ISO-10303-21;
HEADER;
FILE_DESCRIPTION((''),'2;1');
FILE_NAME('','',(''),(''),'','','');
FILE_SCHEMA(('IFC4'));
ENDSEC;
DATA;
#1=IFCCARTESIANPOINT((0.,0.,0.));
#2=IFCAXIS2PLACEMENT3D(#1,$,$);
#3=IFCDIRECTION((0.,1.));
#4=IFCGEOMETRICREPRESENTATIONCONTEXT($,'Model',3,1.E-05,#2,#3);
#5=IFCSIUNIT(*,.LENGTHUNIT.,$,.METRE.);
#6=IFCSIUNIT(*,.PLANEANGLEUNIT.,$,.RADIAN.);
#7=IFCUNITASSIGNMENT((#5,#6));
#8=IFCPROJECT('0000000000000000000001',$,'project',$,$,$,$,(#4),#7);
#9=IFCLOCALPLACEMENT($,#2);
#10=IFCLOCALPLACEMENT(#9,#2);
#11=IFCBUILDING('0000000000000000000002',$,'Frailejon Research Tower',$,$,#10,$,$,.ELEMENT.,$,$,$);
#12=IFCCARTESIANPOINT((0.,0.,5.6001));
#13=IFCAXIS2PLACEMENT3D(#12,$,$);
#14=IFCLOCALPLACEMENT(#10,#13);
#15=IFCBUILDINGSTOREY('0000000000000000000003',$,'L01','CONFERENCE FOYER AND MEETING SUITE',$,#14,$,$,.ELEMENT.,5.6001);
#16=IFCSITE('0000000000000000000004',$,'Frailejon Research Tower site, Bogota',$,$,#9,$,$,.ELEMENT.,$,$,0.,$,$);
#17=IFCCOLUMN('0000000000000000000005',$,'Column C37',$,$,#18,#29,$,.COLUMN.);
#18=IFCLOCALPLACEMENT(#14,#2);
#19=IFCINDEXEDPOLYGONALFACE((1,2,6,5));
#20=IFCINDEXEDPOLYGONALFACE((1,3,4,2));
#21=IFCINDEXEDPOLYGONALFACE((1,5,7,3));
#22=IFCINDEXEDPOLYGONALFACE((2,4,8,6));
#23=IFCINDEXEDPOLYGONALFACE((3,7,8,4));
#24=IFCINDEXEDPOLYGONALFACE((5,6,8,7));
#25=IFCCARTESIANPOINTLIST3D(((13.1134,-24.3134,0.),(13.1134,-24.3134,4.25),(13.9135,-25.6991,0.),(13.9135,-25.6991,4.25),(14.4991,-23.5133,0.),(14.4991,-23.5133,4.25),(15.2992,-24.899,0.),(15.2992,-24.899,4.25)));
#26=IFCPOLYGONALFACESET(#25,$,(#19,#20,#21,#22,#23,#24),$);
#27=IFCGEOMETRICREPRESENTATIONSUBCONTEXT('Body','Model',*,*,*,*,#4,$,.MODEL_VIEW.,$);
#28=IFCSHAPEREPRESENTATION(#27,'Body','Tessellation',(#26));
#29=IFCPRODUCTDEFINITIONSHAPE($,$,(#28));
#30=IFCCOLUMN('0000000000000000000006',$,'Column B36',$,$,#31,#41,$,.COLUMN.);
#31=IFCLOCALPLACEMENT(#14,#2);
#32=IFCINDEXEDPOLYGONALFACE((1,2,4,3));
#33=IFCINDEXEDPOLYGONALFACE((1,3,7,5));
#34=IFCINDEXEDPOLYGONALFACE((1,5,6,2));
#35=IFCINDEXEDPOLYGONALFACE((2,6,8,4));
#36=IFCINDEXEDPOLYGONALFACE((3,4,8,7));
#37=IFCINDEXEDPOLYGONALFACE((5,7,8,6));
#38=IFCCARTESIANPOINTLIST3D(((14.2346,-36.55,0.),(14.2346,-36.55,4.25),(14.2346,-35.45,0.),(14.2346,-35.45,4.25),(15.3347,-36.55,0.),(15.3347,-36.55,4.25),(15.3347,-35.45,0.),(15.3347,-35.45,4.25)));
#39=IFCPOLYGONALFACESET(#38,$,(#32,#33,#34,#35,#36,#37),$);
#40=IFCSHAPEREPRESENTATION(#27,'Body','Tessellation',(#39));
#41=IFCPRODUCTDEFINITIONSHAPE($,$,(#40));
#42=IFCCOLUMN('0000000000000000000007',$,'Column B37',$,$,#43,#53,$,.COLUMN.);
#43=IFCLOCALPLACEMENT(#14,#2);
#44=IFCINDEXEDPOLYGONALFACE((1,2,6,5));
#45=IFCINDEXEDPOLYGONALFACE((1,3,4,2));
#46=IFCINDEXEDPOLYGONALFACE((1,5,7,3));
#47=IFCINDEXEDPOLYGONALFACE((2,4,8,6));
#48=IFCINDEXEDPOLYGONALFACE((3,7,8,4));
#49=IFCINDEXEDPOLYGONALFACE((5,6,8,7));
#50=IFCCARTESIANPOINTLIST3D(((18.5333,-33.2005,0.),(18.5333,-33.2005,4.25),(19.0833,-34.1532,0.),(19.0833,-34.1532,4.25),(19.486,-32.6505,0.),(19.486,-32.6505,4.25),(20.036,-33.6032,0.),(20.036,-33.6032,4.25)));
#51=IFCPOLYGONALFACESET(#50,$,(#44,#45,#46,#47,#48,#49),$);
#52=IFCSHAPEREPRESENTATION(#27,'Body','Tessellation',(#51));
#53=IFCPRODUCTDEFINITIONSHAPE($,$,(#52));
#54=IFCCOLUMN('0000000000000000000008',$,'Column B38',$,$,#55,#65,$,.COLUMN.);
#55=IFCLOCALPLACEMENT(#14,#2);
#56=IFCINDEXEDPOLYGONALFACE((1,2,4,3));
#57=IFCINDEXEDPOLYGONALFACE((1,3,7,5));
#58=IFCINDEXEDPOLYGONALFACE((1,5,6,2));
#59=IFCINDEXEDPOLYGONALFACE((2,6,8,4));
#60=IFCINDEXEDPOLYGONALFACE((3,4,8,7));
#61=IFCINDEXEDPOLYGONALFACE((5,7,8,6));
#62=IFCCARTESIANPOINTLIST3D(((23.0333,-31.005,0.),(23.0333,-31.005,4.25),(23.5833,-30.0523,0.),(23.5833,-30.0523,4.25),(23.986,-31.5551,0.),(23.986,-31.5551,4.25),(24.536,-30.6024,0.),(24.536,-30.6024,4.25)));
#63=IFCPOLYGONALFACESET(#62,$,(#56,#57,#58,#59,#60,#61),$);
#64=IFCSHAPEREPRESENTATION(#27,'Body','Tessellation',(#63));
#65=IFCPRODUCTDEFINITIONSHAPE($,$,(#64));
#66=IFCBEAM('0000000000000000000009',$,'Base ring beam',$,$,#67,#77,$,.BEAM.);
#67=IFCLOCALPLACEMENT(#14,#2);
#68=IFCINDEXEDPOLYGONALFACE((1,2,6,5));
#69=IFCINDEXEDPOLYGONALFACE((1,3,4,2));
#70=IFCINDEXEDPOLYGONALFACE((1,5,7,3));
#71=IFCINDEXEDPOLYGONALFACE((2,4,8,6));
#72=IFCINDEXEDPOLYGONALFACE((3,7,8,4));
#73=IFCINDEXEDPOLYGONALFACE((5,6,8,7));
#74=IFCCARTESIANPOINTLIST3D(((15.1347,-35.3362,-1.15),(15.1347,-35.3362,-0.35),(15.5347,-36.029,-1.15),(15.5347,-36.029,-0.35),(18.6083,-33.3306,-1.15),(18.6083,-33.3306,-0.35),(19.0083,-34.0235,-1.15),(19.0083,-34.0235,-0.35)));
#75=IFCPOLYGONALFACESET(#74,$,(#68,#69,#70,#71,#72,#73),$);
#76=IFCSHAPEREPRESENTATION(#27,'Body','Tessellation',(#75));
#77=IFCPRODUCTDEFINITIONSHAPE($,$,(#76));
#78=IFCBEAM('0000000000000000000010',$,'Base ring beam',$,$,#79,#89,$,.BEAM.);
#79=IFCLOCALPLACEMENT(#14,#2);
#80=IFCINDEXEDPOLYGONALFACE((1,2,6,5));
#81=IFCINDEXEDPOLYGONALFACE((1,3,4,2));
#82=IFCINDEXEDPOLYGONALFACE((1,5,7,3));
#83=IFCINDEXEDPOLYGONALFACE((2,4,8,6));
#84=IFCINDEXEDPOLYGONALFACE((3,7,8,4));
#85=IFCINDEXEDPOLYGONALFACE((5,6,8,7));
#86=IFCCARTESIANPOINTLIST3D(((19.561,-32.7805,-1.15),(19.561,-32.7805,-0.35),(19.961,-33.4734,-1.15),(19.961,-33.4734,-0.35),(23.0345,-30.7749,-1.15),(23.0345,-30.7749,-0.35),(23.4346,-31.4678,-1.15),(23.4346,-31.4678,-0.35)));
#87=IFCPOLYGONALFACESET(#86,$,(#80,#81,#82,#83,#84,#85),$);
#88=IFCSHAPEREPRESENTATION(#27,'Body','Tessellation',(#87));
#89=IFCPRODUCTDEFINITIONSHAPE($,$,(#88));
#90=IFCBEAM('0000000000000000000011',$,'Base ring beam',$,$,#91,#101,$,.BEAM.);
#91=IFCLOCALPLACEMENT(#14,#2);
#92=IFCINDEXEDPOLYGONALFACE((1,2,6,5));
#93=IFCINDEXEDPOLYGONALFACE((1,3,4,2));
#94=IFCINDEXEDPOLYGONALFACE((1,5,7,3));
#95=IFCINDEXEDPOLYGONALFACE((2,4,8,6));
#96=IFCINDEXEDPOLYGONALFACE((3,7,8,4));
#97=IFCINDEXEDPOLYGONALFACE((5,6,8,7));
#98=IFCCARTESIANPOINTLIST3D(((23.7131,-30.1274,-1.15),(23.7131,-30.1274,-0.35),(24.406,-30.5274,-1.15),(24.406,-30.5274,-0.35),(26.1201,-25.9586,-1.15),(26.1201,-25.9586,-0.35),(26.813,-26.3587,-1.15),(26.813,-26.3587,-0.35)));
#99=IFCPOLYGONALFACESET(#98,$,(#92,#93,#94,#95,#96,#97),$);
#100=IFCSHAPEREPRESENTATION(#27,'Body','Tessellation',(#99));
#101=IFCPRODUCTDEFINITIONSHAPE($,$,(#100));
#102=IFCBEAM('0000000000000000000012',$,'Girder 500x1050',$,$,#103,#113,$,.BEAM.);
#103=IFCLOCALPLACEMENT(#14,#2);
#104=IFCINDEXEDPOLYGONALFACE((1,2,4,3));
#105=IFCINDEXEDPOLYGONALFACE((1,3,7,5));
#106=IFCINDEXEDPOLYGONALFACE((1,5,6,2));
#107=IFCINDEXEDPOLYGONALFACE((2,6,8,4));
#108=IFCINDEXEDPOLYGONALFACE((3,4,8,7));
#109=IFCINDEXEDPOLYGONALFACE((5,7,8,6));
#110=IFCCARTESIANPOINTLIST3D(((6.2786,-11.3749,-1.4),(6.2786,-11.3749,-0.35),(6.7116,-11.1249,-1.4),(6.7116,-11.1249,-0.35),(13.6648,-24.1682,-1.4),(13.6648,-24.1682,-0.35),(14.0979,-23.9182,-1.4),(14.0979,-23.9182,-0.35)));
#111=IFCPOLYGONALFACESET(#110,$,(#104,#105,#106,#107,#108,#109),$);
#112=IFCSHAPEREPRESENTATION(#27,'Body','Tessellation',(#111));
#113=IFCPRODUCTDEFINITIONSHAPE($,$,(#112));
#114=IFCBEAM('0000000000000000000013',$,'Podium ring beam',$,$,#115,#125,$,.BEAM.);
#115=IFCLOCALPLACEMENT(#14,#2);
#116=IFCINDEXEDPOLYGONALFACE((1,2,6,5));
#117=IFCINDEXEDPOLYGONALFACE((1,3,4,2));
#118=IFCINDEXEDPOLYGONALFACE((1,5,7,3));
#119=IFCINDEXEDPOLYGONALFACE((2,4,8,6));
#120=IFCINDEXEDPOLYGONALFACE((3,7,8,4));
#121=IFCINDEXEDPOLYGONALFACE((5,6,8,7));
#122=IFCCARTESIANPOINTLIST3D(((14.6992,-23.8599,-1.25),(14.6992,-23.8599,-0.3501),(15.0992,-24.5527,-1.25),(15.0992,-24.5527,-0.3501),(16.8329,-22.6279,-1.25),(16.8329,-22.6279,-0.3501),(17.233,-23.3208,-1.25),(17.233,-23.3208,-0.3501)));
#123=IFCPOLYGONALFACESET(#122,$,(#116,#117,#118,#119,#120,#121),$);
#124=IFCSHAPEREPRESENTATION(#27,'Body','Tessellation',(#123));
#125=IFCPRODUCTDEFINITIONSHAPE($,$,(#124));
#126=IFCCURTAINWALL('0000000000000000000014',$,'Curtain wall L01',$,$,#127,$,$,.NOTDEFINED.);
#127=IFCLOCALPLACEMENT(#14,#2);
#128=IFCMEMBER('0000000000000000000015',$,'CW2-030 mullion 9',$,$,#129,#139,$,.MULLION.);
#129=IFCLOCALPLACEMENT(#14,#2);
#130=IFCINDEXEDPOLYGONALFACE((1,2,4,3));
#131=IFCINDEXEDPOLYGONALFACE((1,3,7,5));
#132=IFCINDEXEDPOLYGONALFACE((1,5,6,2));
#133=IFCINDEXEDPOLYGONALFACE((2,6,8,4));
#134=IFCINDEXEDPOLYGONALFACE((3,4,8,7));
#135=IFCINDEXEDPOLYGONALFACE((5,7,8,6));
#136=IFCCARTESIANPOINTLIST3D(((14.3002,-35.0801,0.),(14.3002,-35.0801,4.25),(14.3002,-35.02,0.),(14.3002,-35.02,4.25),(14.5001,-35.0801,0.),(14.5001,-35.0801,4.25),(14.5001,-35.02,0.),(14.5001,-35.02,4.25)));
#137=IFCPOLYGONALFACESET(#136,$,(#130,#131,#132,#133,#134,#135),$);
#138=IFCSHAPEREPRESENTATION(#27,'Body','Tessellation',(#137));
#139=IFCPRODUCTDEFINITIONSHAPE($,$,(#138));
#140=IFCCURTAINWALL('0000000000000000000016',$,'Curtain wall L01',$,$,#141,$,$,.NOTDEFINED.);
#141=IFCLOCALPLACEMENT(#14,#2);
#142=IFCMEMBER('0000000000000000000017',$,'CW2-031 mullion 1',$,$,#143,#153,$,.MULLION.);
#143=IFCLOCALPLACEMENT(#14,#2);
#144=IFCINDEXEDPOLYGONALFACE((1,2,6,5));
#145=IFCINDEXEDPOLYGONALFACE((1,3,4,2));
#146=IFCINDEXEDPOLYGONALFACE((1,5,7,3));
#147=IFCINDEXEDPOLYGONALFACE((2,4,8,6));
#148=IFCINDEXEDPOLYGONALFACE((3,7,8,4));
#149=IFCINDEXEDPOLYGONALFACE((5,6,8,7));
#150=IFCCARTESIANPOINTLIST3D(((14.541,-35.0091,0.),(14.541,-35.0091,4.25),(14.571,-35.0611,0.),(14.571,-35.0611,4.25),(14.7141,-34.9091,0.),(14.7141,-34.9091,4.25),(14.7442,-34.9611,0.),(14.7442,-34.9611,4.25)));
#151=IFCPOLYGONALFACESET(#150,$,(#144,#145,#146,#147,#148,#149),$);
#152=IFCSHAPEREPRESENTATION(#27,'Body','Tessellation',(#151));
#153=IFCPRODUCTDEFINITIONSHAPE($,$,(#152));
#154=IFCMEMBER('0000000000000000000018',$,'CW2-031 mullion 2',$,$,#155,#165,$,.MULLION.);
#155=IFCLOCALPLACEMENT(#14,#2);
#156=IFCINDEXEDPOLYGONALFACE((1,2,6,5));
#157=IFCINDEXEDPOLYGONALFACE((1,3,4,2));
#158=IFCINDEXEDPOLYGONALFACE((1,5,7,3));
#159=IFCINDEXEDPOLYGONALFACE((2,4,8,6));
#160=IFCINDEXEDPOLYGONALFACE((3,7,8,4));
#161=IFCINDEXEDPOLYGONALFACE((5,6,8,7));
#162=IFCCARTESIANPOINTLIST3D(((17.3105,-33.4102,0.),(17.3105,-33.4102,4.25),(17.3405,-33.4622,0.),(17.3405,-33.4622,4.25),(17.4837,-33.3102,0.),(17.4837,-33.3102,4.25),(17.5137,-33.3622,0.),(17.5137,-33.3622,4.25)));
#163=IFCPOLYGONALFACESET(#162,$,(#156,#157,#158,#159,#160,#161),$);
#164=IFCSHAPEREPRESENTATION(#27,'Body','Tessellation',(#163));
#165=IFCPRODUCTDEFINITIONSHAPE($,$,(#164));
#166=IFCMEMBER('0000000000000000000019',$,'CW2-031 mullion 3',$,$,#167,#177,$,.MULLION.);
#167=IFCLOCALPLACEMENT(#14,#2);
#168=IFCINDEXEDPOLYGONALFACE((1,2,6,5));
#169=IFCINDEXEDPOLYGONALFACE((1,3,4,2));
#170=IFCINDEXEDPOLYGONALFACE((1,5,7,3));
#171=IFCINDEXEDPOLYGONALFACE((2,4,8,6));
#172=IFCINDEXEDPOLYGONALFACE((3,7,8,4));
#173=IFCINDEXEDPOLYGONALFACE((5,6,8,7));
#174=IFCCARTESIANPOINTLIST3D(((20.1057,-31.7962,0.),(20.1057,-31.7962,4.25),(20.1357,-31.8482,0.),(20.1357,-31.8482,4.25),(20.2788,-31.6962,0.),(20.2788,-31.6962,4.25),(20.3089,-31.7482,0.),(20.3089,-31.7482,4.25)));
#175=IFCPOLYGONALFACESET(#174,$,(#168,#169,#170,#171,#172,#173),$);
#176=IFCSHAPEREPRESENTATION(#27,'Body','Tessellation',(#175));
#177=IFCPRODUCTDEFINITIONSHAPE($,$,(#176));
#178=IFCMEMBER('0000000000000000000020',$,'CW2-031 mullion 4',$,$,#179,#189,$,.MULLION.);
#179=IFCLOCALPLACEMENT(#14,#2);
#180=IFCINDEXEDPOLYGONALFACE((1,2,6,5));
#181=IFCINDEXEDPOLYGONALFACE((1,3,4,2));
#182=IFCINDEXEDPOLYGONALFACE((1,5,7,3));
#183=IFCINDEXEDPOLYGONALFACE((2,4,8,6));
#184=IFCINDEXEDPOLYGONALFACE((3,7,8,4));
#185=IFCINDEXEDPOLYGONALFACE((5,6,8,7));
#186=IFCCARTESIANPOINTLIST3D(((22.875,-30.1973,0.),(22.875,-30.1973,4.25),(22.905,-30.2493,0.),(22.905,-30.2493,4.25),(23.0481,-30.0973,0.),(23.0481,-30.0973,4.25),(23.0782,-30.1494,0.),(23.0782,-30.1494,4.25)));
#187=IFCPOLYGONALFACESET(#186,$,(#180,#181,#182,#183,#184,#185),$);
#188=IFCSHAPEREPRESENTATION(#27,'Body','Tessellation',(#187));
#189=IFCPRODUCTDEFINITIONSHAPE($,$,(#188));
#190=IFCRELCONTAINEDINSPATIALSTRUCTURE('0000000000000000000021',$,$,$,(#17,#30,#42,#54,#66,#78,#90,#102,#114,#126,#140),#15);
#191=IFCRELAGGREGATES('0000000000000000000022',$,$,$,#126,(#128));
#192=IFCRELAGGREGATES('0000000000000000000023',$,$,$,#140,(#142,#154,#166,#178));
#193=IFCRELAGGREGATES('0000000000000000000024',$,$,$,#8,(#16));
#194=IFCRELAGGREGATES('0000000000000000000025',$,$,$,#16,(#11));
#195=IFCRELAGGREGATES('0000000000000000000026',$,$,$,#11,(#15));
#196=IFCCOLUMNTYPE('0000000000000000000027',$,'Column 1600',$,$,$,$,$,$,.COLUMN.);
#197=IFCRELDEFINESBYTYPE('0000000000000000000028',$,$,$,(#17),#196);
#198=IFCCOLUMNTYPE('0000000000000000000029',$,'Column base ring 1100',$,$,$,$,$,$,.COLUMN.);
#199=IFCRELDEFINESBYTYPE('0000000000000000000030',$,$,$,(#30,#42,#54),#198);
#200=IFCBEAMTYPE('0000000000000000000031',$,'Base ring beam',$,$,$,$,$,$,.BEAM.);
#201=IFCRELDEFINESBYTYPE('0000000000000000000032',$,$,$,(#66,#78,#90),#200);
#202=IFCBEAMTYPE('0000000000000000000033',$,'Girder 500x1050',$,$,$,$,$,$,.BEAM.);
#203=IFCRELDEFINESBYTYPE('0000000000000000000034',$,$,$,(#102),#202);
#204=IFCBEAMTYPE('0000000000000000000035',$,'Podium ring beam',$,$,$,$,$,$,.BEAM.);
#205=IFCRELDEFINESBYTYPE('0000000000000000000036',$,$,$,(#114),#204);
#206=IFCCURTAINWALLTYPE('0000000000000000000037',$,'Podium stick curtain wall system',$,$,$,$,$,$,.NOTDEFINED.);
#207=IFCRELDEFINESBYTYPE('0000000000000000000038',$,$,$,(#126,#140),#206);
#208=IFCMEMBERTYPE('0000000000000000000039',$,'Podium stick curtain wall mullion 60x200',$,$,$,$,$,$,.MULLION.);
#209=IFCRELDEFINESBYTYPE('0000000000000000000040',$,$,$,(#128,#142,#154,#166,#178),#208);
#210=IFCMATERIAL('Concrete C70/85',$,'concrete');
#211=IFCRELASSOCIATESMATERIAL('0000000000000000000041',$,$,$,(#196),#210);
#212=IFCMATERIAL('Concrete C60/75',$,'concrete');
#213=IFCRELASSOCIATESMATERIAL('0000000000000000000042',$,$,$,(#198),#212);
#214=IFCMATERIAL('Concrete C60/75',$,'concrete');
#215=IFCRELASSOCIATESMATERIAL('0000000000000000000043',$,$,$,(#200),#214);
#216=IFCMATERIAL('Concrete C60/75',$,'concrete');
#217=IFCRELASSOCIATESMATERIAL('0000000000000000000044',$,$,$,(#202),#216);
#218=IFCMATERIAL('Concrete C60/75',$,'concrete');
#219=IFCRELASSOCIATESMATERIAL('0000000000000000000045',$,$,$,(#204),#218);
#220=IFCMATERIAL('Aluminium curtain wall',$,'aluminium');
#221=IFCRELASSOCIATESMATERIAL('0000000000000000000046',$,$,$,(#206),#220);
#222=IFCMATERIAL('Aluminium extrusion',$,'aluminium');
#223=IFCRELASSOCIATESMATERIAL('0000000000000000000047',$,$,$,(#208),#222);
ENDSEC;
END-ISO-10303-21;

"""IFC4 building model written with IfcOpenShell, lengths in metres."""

from ifc_helpers import new_model, si_unit, direction, frame, origin, origin_2d, place, context, subcontext, project, spatial, rectangle, extrude, material, material_profile, profile_set, type_object, element, aggregate, save


model = new_model("IFC4")

# Units and contexts
model_context = context("Model", 3, precision=1e-05, world=origin(), true_north=direction((0.0, 1.0)))
body_context = subcontext(model_context, "Body", "Model", "MODEL_VIEW")
ifc_project = project(units=[si_unit("LENGTHUNIT", "METRE"), si_unit("PLANEANGLEUNIT", "RADIAN")], contexts=[model_context])

# Site, building, storey
site_placement = place(None, origin())
site = spatial("IfcSite", under=ifc_project, at=site_placement, Name="Frailejon Research Tower site, Bogota", CompositionType="ELEMENT", RefElevation=0.0)
building_placement = place(site_placement, origin())
building = spatial("IfcBuilding", under=site, at=building_placement, Name="Frailejon Research Tower", CompositionType="ELEMENT")
storey_placement = place(building_placement, frame((0.0, 0.0, 5.6001)))
storey = spatial("IfcBuildingStorey", under=building, at=storey_placement, Name="L01", Description="CONFERENCE FOYER AND MEETING SUITE", CompositionType="ELEMENT", Elevation=5.6001)

# Columns
ifc_material_1 = material(Name="Concrete C70/85", Category="concrete")
ifc_material_profile_1 = material_profile(ifc_material_1, rectangle(XDim=1.6001, YDim=1.6001, at=origin_2d()), Name="Column 1600")
ifc_profile_set_1 = profile_set([ifc_material_profile_1], Name="Concrete C70/85")
column_type_1 = type_object("IfcColumnType", Name="Column 1600", PredefinedType="COLUMN", material=ifc_profile_set_1)
column_placement = place(storey_placement, frame((14.2063, -24.6062, 0.0), z_axis=(0.0, 0.0, 1.0), x_axis=(0.866025, 0.5, 0.0)))
element("IfcColumn", 1, at=column_placement, inside=storey, type_object=column_type_1, Name="Column C37", PredefinedType="COLUMN", context=body_context, shape_type="SweptSolid", body=[
    extrude(rectangle(XDim=1.6001, YDim=1.6001, at=origin_2d()), origin(), (0.0, 0.0, 1.0), 4.25),
])
ifc_material_2 = material(Name="Concrete C60/75", Category="concrete")
ifc_material_profile_2 = material_profile(ifc_material_2, rectangle(XDim=1.1001, YDim=1.1001, at=origin_2d()), Name="Column base ring 1100")
ifc_profile_set_2 = profile_set([ifc_material_profile_2], Name="Concrete C60/75")
column_type_2 = type_object("IfcColumnType", Name="Column base ring 1100", PredefinedType="COLUMN", material=ifc_profile_set_2)
for number, where, z_axis, x_axis, name in (
    (2, (14.7847, -36.0, 0.0), (0.0, 0.0, 1.0), (1.0, 0.0, 0.0), "Column B36"),
    (3, (19.2847, -33.4019, 0.0), (0.0, 0.0, 1.0), (0.866025, 0.5, 0.0), "Column B37"),
    (4, (23.7847, -30.8037, 0.0), (0.0, 0.0, 1.0), (0.5, 0.866025, 0.0), "Column B38"),
):
    element("IfcColumn", number, at=place(storey_placement, frame(where, z_axis=z_axis, x_axis=x_axis)), inside=storey, type_object=column_type_2, Name=name, PredefinedType="COLUMN", context=body_context, shape_type="SweptSolid", body=[
        extrude(rectangle(XDim=1.1001, YDim=1.1001, at=origin_2d()), origin(), (0.0, 0.0, 1.0), 4.25),
    ])

# Beams
ifc_material_3 = material(Name="Concrete C60/75", Category="concrete")
ifc_material_profile_3 = material_profile(ifc_material_3, rectangle(XDim=0.8, YDim=0.8, at=origin_2d()), Name="Base ring beam")
ifc_profile_set_3 = profile_set([ifc_material_profile_3], Name="Concrete C60/75")
beam_type_1 = type_object("IfcBeamType", Name="Base ring beam", PredefinedType="BEAM", material=ifc_profile_set_3)
for number, where, z_axis, x_axis, name in (
    (5, (15.3347, -35.6826, -0.75), (0.866013, 0.500021, 0.0), (-0.500021, 0.866013, 0.0), "Base ring beam"),
    (6, (19.761, -33.127, -0.75), (0.866013, 0.500021, 0.0), (-0.500021, 0.866013, 0.0), "Base ring beam"),
):
    element("IfcBeam", number, at=place(storey_placement, frame(where, z_axis=z_axis, x_axis=x_axis)), inside=storey, type_object=beam_type_1, Name=name, PredefinedType="BEAM", context=body_context, shape_type="SweptSolid", body=[
        extrude(rectangle(XDim=0.8, YDim=0.8, at=origin_2d()), origin(), (0.0, 0.0, 1.0), 4.011),
    ])
beam_1_placement = place(storey_placement, frame((24.0596, -30.3274, -0.75), z_axis=(0.500028, 0.866009, 0.0), x_axis=(-0.866009, 0.500028, 0.0)))
element("IfcBeam", 7, at=beam_1_placement, inside=storey, type_object=beam_type_1, Name="Base ring beam", PredefinedType="BEAM", context=body_context, shape_type="SweptSolid", body=[
    extrude(rectangle(XDim=0.8, YDim=0.8, at=origin_2d()), origin(), (0.0, 0.0, 1.0), 4.8137),
])
ifc_material_4 = material(Name="Concrete C60/75", Category="concrete")
ifc_material_profile_4 = material_profile(ifc_material_4, rectangle(XDim=0.5, YDim=1.05, at=origin_2d()), Name="Girder 500x1050")
ifc_profile_set_4 = profile_set([ifc_material_profile_4], Name="Concrete C60/75")
beam_type_2 = type_object("IfcBeamType", Name="Girder 500x1050", PredefinedType="BEAM", material=ifc_profile_set_4)
beam_2_placement = place(storey_placement, frame((13.8813, -24.0432, -0.875), z_axis=(-0.500003, 0.866023, 0.0), x_axis=(-0.866023, -0.500003, 0.0)))
element("IfcBeam", 8, at=beam_2_placement, inside=storey, type_object=beam_type_2, Name="Girder 500x1050", PredefinedType="BEAM", context=body_context, shape_type="SweptSolid", body=[
    extrude(rectangle(XDim=0.5, YDim=1.05, at=origin_2d()), origin(), (0.0, 0.0, 1.0), 14.7725),
])
ifc_material_5 = material(Name="Concrete C60/75", Category="concrete")
ifc_material_profile_5 = material_profile(ifc_material_5, rectangle(XDim=0.8, YDim=0.8999, at=origin_2d()), Name="Podium ring beam")
ifc_profile_set_5 = profile_set([ifc_material_profile_5], Name="Concrete C60/75")
beam_type_3 = type_object("IfcBeamType", Name="Podium ring beam", PredefinedType="BEAM", material=ifc_profile_set_5)
beam_3_placement = place(storey_placement, frame((14.8992, -24.2063, -0.8), z_axis=(0.866027, 0.499997, 0.0), x_axis=(-0.499997, 0.866027, 0.0)))
element("IfcBeam", 9, at=beam_3_placement, inside=storey, type_object=beam_type_3, Name="Podium ring beam", PredefinedType="BEAM", context=body_context, shape_type="SweptSolid", body=[
    extrude(rectangle(XDim=0.8, YDim=0.8999, at=origin_2d()), origin(), (0.0, 0.0, 1.0), 2.4639),
])

# Curtain wall, member
ifc_material_6 = material(Name="Aluminium curtain wall", Category="aluminium")
curtain_wall_type = type_object("IfcCurtainWallType", Name="Podium stick curtain wall system", PredefinedType="NOTDEFINED", material=ifc_material_6)
curtain_wall_1_placement = place(storey_placement, origin())
curtain_wall_1 = element("IfcCurtainWall", 10, at=curtain_wall_1_placement, inside=storey, type_object=curtain_wall_type, Name="Curtain wall L01", PredefinedType="NOTDEFINED")
ifc_material_7 = material(Name="Aluminium extrusion", Category="aluminium")
ifc_material_profile_6 = material_profile(ifc_material_7, rectangle(XDim=0.0601, YDim=0.2, at=origin_2d()), Name="Podium stick curtain wall mullion 60x200")
ifc_profile_set_6 = profile_set([ifc_material_profile_6], Name="Aluminium extrusion")
member_type_1 = type_object("IfcMemberType", Name="Podium stick curtain wall mullion 60x200", PredefinedType="MULLION", material=ifc_profile_set_6)
member_1_placement = place(storey_placement, frame((14.4001, -35.05, 0.0), z_axis=(0.0, 0.0, 1.0), x_axis=(0.0, 1.0, 0.0)))
member_1 = element("IfcMember", 11, at=member_1_placement, type_object=member_type_1, Name="CW2-030 mullion 9", PredefinedType="MULLION", context=body_context, shape_type="SweptSolid", body=[
    extrude(rectangle(XDim=0.0601, YDim=0.2, at=origin_2d()), origin(), (0.0, 0.0, 1.0), 4.25),
])

# Curtain wall, members
curtain_wall_2_placement = place(storey_placement, origin())
curtain_wall_2 = element("IfcCurtainWall", 12, at=curtain_wall_2_placement, inside=storey, type_object=curtain_wall_type, Name="Curtain wall L01", PredefinedType="NOTDEFINED")
member_2_placement = place(storey_placement, frame((14.6426, -34.9851, 0.0), z_axis=(0.0, 0.0, 1.0), x_axis=(-0.5, 0.866025, 0.0)))
member_2 = element("IfcMember", 13, at=member_2_placement, type_object=member_type_1, Name="CW2-031 mullion 1", PredefinedType="MULLION", context=body_context, shape_type="SweptSolid", body=[
    extrude(rectangle(XDim=0.0601, YDim=0.2, at=origin_2d()), origin(), (0.0, 0.0, 1.0), 4.25),
])
member_3_placement = place(storey_placement, frame((17.4121, -33.3862, 0.0), z_axis=(0.0, 0.0, 1.0), x_axis=(-0.5, 0.866025, 0.0)))
member_3 = element("IfcMember", 14, at=member_3_placement, type_object=member_type_1, Name="CW2-031 mullion 2", PredefinedType="MULLION", context=body_context, shape_type="SweptSolid", body=[
    extrude(rectangle(XDim=0.0601, YDim=0.2, at=origin_2d()), origin(), (0.0, 0.0, 1.0), 4.25),
])
member_4_placement = place(storey_placement, frame((20.2073, -31.7722, 0.0), z_axis=(0.0, 0.0, 1.0), x_axis=(-0.5, 0.866025, 0.0)))
member_4 = element("IfcMember", 15, at=member_4_placement, type_object=member_type_1, Name="CW2-031 mullion 3", PredefinedType="MULLION", context=body_context, shape_type="SweptSolid", body=[
    extrude(rectangle(XDim=0.0601, YDim=0.2, at=origin_2d()), origin(), (0.0, 0.0, 1.0), 4.25),
])
member_5_placement = place(storey_placement, frame((22.9766, -30.1733, 0.0), z_axis=(0.0, 0.0, 1.0), x_axis=(-0.5, 0.866025, 0.0)))
member_5 = element("IfcMember", 16, at=member_5_placement, type_object=member_type_1, Name="CW2-031 mullion 4", PredefinedType="MULLION", context=body_context, shape_type="SweptSolid", body=[
    extrude(rectangle(XDim=0.0601, YDim=0.2, at=origin_2d()), origin(), (0.0, 0.0, 1.0), 4.25),
])

aggregate(curtain_wall_1, [member_1])
aggregate(curtain_wall_2, [member_2, member_3, member_4, member_5])

save(model, "model.ifc")
